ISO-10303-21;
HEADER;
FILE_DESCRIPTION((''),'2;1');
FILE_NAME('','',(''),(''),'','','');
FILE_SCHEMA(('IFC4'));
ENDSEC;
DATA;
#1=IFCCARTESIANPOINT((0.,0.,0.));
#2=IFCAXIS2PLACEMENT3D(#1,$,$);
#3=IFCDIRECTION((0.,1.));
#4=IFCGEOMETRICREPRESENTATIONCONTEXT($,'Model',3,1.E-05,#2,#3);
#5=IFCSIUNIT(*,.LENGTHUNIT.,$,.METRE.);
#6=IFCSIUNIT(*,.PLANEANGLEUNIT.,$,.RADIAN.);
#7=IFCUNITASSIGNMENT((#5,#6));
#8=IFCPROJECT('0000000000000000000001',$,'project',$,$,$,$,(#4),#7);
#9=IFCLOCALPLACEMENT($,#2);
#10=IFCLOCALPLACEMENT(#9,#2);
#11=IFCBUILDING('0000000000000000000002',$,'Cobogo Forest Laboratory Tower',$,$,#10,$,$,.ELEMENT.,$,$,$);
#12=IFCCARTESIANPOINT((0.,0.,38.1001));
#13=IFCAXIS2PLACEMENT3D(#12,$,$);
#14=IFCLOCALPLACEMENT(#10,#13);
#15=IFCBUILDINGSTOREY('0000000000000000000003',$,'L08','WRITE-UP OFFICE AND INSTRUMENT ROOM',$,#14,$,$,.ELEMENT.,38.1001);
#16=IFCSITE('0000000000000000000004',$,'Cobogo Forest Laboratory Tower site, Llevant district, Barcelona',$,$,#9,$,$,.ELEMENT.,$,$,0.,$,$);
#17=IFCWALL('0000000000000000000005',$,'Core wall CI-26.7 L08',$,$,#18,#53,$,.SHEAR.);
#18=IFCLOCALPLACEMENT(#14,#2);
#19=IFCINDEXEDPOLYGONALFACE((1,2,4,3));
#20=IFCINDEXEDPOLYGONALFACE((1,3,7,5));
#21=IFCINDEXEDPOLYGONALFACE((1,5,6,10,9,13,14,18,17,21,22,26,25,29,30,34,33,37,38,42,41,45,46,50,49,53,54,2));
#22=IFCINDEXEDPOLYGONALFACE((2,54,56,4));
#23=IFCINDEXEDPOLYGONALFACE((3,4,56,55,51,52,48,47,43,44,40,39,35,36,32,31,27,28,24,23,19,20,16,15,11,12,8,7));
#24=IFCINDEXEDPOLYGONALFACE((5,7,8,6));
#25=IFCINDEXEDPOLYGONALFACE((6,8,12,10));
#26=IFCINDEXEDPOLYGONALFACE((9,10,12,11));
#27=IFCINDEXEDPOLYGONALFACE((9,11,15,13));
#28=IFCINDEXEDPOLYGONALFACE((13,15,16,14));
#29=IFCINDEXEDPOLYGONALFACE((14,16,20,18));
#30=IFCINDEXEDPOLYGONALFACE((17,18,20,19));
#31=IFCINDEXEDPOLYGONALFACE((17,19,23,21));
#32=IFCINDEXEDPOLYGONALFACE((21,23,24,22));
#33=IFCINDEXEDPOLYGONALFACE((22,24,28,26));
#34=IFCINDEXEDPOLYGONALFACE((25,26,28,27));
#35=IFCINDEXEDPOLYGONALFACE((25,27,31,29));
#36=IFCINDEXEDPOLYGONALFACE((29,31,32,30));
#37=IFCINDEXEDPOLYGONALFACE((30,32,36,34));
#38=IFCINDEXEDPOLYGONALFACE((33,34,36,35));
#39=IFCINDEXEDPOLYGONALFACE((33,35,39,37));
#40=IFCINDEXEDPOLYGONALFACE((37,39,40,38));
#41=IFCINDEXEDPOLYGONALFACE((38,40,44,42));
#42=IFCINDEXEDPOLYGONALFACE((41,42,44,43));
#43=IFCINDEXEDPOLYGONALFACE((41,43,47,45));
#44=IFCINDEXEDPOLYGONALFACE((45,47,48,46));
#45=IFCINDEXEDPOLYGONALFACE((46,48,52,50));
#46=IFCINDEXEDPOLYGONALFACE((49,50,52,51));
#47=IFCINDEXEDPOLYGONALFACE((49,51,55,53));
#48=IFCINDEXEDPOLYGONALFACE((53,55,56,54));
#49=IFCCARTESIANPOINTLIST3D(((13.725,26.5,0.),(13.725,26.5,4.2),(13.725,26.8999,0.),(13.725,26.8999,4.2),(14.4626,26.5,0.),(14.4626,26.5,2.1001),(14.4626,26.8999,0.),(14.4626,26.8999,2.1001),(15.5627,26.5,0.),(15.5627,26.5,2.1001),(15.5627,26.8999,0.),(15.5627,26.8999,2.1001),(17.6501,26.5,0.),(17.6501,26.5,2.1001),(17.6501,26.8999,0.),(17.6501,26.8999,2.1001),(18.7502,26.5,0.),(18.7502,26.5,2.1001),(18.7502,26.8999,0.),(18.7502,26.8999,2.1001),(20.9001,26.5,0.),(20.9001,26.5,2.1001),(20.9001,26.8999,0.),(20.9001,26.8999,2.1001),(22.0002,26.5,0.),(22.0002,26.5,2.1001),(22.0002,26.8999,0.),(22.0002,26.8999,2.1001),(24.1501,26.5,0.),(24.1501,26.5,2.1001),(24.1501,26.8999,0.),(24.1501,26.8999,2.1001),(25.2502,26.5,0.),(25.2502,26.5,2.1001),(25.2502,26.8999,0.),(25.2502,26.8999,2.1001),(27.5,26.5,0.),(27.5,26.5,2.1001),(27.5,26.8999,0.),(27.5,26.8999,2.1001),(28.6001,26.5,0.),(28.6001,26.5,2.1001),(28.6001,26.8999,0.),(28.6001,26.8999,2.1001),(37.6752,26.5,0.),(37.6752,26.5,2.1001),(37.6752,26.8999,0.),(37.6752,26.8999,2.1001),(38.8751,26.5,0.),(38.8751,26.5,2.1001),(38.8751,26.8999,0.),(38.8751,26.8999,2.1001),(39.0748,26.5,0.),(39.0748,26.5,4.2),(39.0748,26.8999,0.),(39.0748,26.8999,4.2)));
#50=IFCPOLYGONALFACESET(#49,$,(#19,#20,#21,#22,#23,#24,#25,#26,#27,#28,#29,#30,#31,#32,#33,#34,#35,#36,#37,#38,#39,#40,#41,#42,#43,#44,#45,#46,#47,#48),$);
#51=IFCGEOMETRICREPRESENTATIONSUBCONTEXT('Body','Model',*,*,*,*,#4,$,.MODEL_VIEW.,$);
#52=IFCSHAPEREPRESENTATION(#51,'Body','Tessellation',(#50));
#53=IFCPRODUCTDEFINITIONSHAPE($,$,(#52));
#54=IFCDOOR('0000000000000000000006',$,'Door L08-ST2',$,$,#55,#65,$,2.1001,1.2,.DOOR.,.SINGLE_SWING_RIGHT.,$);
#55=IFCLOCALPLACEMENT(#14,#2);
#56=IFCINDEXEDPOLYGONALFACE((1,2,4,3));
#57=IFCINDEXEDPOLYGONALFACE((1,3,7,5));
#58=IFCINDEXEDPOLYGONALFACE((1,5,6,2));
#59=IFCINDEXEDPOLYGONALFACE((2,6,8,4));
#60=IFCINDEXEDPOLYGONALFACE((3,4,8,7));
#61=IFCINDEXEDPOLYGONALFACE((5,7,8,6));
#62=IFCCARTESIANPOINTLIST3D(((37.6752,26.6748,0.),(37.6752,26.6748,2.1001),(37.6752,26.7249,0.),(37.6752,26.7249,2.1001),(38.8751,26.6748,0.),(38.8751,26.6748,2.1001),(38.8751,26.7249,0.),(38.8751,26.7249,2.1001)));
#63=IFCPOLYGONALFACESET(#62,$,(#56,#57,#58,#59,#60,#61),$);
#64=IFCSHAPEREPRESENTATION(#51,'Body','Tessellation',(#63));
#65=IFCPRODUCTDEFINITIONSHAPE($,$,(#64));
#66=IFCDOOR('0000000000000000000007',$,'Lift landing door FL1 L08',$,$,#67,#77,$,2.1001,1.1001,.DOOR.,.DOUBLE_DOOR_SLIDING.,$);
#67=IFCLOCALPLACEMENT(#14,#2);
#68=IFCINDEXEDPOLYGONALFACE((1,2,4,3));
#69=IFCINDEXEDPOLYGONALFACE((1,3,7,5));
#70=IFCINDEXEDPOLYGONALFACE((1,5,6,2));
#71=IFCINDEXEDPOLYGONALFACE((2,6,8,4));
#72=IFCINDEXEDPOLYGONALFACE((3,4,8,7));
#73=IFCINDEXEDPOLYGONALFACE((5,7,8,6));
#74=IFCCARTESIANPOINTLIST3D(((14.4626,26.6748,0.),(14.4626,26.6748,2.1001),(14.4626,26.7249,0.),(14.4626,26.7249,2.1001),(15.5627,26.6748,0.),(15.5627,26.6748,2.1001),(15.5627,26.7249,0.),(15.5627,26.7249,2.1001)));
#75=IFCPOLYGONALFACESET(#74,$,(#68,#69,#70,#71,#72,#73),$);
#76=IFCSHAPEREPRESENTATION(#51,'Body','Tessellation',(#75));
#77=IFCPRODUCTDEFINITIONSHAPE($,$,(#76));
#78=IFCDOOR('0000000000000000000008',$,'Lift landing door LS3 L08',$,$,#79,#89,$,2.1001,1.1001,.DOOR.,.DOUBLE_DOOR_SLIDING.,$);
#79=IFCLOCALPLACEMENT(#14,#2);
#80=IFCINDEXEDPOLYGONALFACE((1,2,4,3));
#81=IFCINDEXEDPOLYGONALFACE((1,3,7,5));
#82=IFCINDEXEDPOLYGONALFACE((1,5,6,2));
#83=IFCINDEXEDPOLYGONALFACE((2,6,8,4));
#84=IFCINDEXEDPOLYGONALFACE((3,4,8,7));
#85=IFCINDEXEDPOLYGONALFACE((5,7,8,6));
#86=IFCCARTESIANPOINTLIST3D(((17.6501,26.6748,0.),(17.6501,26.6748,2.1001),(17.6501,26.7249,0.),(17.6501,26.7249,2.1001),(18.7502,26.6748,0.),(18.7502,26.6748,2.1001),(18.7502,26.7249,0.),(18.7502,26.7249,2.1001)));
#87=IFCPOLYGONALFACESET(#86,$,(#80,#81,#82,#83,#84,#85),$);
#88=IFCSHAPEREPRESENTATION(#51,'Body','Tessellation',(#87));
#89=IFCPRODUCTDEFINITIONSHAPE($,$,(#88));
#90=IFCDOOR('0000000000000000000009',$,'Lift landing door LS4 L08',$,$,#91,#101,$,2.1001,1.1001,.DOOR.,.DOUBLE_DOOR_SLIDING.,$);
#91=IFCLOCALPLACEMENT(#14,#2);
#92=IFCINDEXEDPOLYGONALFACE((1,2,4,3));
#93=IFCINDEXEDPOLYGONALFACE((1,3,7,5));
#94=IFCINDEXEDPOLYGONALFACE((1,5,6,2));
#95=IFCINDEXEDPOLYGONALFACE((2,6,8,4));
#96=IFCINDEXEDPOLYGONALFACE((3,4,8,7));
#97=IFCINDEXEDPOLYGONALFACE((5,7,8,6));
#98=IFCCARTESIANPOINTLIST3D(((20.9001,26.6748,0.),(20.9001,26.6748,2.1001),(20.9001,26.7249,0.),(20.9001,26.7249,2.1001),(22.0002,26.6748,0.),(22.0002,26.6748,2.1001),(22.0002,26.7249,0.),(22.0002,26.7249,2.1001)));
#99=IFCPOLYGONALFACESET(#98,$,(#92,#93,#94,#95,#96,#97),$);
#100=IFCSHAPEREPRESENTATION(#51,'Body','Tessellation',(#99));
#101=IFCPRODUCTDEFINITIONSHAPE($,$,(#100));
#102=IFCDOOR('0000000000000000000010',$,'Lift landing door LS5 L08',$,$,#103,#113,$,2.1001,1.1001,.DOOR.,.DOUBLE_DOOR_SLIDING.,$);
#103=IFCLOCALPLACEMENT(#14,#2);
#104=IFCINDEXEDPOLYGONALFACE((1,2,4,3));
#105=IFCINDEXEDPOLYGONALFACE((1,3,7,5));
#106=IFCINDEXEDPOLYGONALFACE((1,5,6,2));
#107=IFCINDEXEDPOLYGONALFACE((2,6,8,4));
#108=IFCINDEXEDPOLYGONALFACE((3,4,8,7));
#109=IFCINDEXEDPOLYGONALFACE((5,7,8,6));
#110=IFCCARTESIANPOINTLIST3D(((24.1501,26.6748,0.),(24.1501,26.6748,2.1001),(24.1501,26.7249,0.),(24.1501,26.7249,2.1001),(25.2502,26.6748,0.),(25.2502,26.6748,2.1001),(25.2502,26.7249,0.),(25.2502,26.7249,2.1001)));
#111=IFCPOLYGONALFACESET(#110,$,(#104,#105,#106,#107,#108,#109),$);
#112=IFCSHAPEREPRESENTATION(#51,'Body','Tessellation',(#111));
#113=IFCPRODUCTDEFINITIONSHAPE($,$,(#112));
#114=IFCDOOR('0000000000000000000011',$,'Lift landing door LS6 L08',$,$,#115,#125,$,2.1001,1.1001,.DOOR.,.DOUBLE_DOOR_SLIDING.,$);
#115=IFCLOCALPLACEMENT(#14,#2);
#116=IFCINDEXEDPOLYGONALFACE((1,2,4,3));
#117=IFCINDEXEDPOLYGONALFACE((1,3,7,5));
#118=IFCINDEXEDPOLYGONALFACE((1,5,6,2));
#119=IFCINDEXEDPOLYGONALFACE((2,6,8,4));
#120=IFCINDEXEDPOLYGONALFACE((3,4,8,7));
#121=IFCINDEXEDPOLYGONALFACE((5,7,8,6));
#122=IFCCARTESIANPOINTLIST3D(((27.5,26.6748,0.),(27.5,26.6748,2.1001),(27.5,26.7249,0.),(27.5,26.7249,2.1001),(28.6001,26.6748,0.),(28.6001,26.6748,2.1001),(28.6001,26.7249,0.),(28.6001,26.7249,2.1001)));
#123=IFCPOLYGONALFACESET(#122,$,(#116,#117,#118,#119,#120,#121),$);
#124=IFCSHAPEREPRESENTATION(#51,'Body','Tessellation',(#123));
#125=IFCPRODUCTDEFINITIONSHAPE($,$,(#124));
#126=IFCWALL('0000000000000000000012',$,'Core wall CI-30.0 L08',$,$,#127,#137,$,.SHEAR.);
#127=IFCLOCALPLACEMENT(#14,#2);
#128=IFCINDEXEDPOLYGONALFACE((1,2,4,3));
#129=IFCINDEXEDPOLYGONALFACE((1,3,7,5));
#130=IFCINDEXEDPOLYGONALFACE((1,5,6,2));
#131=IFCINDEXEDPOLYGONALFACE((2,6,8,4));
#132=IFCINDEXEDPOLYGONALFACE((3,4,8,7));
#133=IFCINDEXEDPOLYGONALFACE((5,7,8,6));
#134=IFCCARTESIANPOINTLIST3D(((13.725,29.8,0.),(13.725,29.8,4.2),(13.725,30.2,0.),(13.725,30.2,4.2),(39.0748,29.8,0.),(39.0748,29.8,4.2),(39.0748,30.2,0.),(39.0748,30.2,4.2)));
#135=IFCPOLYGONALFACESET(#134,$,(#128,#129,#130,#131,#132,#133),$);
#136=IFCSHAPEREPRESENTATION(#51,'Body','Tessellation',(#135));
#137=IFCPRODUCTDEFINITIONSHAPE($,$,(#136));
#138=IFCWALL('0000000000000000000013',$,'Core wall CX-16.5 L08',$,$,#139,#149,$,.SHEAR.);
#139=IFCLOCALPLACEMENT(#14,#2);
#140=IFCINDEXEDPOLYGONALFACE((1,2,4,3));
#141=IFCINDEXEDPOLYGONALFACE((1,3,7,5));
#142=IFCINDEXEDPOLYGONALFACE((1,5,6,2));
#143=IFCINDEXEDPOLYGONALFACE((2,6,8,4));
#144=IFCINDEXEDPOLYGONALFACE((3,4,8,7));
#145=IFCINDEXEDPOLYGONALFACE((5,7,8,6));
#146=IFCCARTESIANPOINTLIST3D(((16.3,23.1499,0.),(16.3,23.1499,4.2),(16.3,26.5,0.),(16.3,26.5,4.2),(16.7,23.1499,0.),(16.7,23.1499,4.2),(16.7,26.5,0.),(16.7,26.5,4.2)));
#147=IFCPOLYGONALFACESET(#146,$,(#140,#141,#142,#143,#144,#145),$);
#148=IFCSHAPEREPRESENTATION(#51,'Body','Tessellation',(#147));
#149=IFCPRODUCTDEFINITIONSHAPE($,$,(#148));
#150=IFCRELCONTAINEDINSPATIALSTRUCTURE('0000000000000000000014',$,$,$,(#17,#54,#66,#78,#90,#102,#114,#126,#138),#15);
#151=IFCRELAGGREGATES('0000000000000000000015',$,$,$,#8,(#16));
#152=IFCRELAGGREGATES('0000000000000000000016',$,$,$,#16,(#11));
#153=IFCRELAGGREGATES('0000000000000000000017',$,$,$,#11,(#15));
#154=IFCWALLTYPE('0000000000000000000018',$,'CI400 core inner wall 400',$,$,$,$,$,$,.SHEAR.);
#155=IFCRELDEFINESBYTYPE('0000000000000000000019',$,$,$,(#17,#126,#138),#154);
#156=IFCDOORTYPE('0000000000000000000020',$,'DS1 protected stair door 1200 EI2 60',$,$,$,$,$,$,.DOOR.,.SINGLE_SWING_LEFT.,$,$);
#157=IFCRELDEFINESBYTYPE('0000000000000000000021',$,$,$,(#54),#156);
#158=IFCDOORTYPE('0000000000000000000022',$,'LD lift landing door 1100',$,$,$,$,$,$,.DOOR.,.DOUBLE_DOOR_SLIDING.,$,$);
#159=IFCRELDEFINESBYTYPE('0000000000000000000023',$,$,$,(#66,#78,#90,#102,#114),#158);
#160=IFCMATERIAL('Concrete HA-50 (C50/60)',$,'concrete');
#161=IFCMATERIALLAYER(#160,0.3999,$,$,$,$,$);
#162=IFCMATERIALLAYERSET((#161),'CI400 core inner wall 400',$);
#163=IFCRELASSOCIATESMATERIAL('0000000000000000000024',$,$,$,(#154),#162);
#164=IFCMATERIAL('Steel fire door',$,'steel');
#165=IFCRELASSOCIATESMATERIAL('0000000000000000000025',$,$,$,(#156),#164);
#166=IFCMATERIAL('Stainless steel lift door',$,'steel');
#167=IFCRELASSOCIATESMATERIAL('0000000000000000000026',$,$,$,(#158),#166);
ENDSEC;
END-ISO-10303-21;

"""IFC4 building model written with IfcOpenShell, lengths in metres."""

from ifc_helpers import new_model, si_unit, direction, frame, frame_2d, origin, place, context, subcontext, project, spatial, rectangle, extrude, material, layer, layer_set, type_object, element, fill, save


model = new_model("IFC4")

# Units and contexts
model_context = context("Model", 3, precision=1e-05, world=origin(), true_north=direction((0.0, 1.0)))
body_context = subcontext(model_context, "Body", "Model", "MODEL_VIEW")
ifc_project = project(units=[si_unit("LENGTHUNIT", "METRE"), si_unit("PLANEANGLEUNIT", "RADIAN")], contexts=[model_context])

# Site, building, storey
site_placement = place(None, origin())
site = spatial("IfcSite", under=ifc_project, at=site_placement, Name="Cobogo Forest Laboratory Tower site, Llevant district, Barcelona", CompositionType="ELEMENT", RefElevation=0.0)
building_placement = place(site_placement, origin())
building = spatial("IfcBuilding", under=site, at=building_placement, Name="Cobogo Forest Laboratory Tower", CompositionType="ELEMENT")
storey_placement = place(building_placement, frame((0.0, 0.0, 38.1001)))
storey = spatial("IfcBuildingStorey", under=building, at=storey_placement, Name="L08", Description="WRITE-UP OFFICE AND INSTRUMENT ROOM", CompositionType="ELEMENT", Elevation=38.1001)

# Shared definitions
ifc_material_1 = material(Name="Concrete HA-50 (C50/60)", Category="concrete")

# Shared definitions
ifc_layer_1 = layer(ifc_material_1, 0.3999)
ifc_layer_set_1 = layer_set([ifc_layer_1], Name="CI400 core inner wall 400")
wall_type_1 = type_object("IfcWallType", Name="CI400 core inner wall 400", PredefinedType="SHEAR", material=ifc_layer_set_1)

# Wall, openings, doors
wall_1_placement = place(storey_placement, frame((13.7251, 26.7, 0.0), z_axis=(0.0, 0.0, 1.0), x_axis=(1.0, 0.0, 0.0)))
wall_1 = element("IfcWall", 1, at=wall_1_placement, inside=storey, type_object=wall_type_1, Name="Core wall CI-26.7 L08", PredefinedType="SHEAR", context=body_context, shape_type="SweptSolid", body=[
    extrude(rectangle(XDim=25.3499, YDim=0.3999, at=frame_2d((12.6748, 0.0))), origin(), (0.0, 0.0, 1.0), 4.2),
])
opening_1_placement = place(wall_1_placement, frame((23.95, 0.0, 0.0)))
opening_1 = element("IfcOpeningElement", 2, at=opening_1_placement, cuts=wall_1, PredefinedType="OPENING", context=body_context, shape_type="SweptSolid", body=[
    extrude(rectangle(XDim=1.2, YDim=2.1001, at=frame_2d((0.6001, 1.05))), frame((0.0, 0.21, 0.0), z_axis=(0.0, -1.0, 0.0), x_axis=(1.0, 0.0, 0.0)), (0.0, 0.0, 1.0), 0.4199),
])
opening_2_placement = place(wall_1_placement, frame((0.7375, 0.0, 0.0)))
opening_2 = element("IfcOpeningElement", 3, at=opening_2_placement, cuts=wall_1, PredefinedType="OPENING", context=body_context, shape_type="SweptSolid", body=[
    extrude(rectangle(XDim=1.1001, YDim=2.1001, at=frame_2d((0.55, 1.05))), frame((0.0, 0.21, 0.0), z_axis=(0.0, -1.0, 0.0), x_axis=(1.0, 0.0, 0.0)), (0.0, 0.0, 1.0), 0.4199),
])
opening_3_placement = place(wall_1_placement, frame((3.925, 0.0, 0.0)))
opening_3 = element("IfcOpeningElement", 4, at=opening_3_placement, cuts=wall_1, PredefinedType="OPENING", context=body_context, shape_type="SweptSolid", body=[
    extrude(rectangle(XDim=1.1001, YDim=2.1001, at=frame_2d((0.55, 1.05))), frame((0.0, 0.21, 0.0), z_axis=(0.0, -1.0, 0.0), x_axis=(1.0, 0.0, 0.0)), (0.0, 0.0, 1.0), 0.4199),
])
opening_4_placement = place(wall_1_placement, frame((7.175, 0.0, 0.0)))
opening_4 = element("IfcOpeningElement", 5, at=opening_4_placement, cuts=wall_1, PredefinedType="OPENING", context=body_context, shape_type="SweptSolid", body=[
    extrude(rectangle(XDim=1.1001, YDim=2.1001, at=frame_2d((0.55, 1.05))), frame((0.0, 0.21, 0.0), z_axis=(0.0, -1.0, 0.0), x_axis=(1.0, 0.0, 0.0)), (0.0, 0.0, 1.0), 0.4199),
])
opening_5_placement = place(wall_1_placement, frame((10.425, 0.0, 0.0)))
opening_5 = element("IfcOpeningElement", 6, at=opening_5_placement, cuts=wall_1, PredefinedType="OPENING", context=body_context, shape_type="SweptSolid", body=[
    extrude(rectangle(XDim=1.1001, YDim=2.1001, at=frame_2d((0.55, 1.05))), frame((0.0, 0.21, 0.0), z_axis=(0.0, -1.0, 0.0), x_axis=(1.0, 0.0, 0.0)), (0.0, 0.0, 1.0), 0.4199),
])
opening_6_placement = place(wall_1_placement, frame((13.7749, 0.0, 0.0)))
opening_6 = element("IfcOpeningElement", 7, at=opening_6_placement, cuts=wall_1, PredefinedType="OPENING", context=body_context, shape_type="SweptSolid", body=[
    extrude(rectangle(XDim=1.1001, YDim=2.1001, at=frame_2d((0.55, 1.05))), frame((0.0, 0.21, 0.0), z_axis=(0.0, -1.0, 0.0), x_axis=(1.0, 0.0, 0.0)), (0.0, 0.0, 1.0), 0.4199),
])
ifc_material_2 = material(Name="Steel fire door", Category="steel")
door_type_1 = type_object("IfcDoorType", Name="DS1 protected stair door 1200 EI2 60", OperationType="SINGLE_SWING_LEFT", PredefinedType="DOOR", material=ifc_material_2)
door_1_placement = place(opening_1_placement, origin())
door_1 = element("IfcDoor", 8, at=door_1_placement, inside=storey, type_object=door_type_1, Name="Door L08-ST2", OperationType="SINGLE_SWING_RIGHT", OverallHeight=2.1001, OverallWidth=1.2, PredefinedType="DOOR", context=body_context, shape_type="SweptSolid", body=[
    extrude(rectangle(XDim=1.2, YDim=2.1001, at=frame_2d((0.6001, 1.05))), frame((0.0, 0.0249, 0.0), z_axis=(0.0, -1.0, 0.0), x_axis=(1.0, 0.0, 0.0)), (0.0, 0.0, 1.0), 0.05),
])
fill(opening_1, door_1)
ifc_material_3 = material(Name="Stainless steel lift door", Category="steel")
door_type_2 = type_object("IfcDoorType", Name="LD lift landing door 1100", OperationType="DOUBLE_DOOR_SLIDING", PredefinedType="DOOR", material=ifc_material_3)
door_2_placement = place(opening_2_placement, origin())
door_2 = element("IfcDoor", 9, at=door_2_placement, inside=storey, type_object=door_type_2, Name="Lift landing door FL1 L08", OperationType="DOUBLE_DOOR_SLIDING", OverallHeight=2.1001, OverallWidth=1.1001, PredefinedType="DOOR", context=body_context, shape_type="SweptSolid", body=[
    extrude(rectangle(XDim=1.1001, YDim=2.1001, at=frame_2d((0.55, 1.05))), frame((0.0, 0.0249, 0.0), z_axis=(0.0, -1.0, 0.0), x_axis=(1.0, 0.0, 0.0)), (0.0, 0.0, 1.0), 0.05),
])
fill(opening_2, door_2)
door_3_placement = place(opening_3_placement, origin())
door_3 = element("IfcDoor", 10, at=door_3_placement, inside=storey, type_object=door_type_2, Name="Lift landing door LS3 L08", OperationType="DOUBLE_DOOR_SLIDING", OverallHeight=2.1001, OverallWidth=1.1001, PredefinedType="DOOR", context=body_context, shape_type="SweptSolid", body=[
    extrude(rectangle(XDim=1.1001, YDim=2.1001, at=frame_2d((0.55, 1.05))), frame((0.0, 0.0249, 0.0), z_axis=(0.0, -1.0, 0.0), x_axis=(1.0, 0.0, 0.0)), (0.0, 0.0, 1.0), 0.05),
])
fill(opening_3, door_3)
door_4_placement = place(opening_4_placement, origin())
door_4 = element("IfcDoor", 11, at=door_4_placement, inside=storey, type_object=door_type_2, Name="Lift landing door LS4 L08", OperationType="DOUBLE_DOOR_SLIDING", OverallHeight=2.1001, OverallWidth=1.1001, PredefinedType="DOOR", context=body_context, shape_type="SweptSolid", body=[
    extrude(rectangle(XDim=1.1001, YDim=2.1001, at=frame_2d((0.55, 1.05))), frame((0.0, 0.0249, 0.0), z_axis=(0.0, -1.0, 0.0), x_axis=(1.0, 0.0, 0.0)), (0.0, 0.0, 1.0), 0.05),
])
fill(opening_4, door_4)
door_5_placement = place(opening_5_placement, origin())
door_5 = element("IfcDoor", 12, at=door_5_placement, inside=storey, type_object=door_type_2, Name="Lift landing door LS5 L08", OperationType="DOUBLE_DOOR_SLIDING", OverallHeight=2.1001, OverallWidth=1.1001, PredefinedType="DOOR", context=body_context, shape_type="SweptSolid", body=[
    extrude(rectangle(XDim=1.1001, YDim=2.1001, at=frame_2d((0.55, 1.05))), frame((0.0, 0.0249, 0.0), z_axis=(0.0, -1.0, 0.0), x_axis=(1.0, 0.0, 0.0)), (0.0, 0.0, 1.0), 0.05),
])
fill(opening_5, door_5)
door_6_placement = place(opening_6_placement, origin())
door_6 = element("IfcDoor", 13, at=door_6_placement, inside=storey, type_object=door_type_2, Name="Lift landing door LS6 L08", OperationType="DOUBLE_DOOR_SLIDING", OverallHeight=2.1001, OverallWidth=1.1001, PredefinedType="DOOR", context=body_context, shape_type="SweptSolid", body=[
    extrude(rectangle(XDim=1.1001, YDim=2.1001, at=frame_2d((0.55, 1.05))), frame((0.0, 0.0249, 0.0), z_axis=(0.0, -1.0, 0.0), x_axis=(1.0, 0.0, 0.0)), (0.0, 0.0, 1.0), 0.05),
])
fill(opening_6, door_6)

# Walls
wall_2_placement = place(storey_placement, frame((13.7251, 30.0, 0.0), z_axis=(0.0, 0.0, 1.0), x_axis=(1.0, 0.0, 0.0)))
element("IfcWall", 14, at=wall_2_placement, inside=storey, type_object=wall_type_1, Name="Core wall CI-30.0 L08", PredefinedType="SHEAR", context=body_context, shape_type="SweptSolid", body=[
    extrude(rectangle(XDim=25.3499, YDim=0.3999, at=frame_2d((12.6748, 0.0))), origin(), (0.0, 0.0, 1.0), 4.2),
])
wall_3_placement = place(storey_placement, frame((16.5, 23.1499, 0.0), z_axis=(0.0, 0.0, 1.0), x_axis=(0.0, 1.0, 0.0)))
element("IfcWall", 15, at=wall_3_placement, inside=storey, type_object=wall_type_1, Name="Core wall CX-16.5 L08", PredefinedType="SHEAR", context=body_context, shape_type="SweptSolid", body=[
    extrude(rectangle(XDim=3.3501, YDim=0.3999, at=frame_2d((1.675, 0.0))), origin(), (0.0, 0.0, 1.0), 4.2),
])

save(model, "model.ifc")
